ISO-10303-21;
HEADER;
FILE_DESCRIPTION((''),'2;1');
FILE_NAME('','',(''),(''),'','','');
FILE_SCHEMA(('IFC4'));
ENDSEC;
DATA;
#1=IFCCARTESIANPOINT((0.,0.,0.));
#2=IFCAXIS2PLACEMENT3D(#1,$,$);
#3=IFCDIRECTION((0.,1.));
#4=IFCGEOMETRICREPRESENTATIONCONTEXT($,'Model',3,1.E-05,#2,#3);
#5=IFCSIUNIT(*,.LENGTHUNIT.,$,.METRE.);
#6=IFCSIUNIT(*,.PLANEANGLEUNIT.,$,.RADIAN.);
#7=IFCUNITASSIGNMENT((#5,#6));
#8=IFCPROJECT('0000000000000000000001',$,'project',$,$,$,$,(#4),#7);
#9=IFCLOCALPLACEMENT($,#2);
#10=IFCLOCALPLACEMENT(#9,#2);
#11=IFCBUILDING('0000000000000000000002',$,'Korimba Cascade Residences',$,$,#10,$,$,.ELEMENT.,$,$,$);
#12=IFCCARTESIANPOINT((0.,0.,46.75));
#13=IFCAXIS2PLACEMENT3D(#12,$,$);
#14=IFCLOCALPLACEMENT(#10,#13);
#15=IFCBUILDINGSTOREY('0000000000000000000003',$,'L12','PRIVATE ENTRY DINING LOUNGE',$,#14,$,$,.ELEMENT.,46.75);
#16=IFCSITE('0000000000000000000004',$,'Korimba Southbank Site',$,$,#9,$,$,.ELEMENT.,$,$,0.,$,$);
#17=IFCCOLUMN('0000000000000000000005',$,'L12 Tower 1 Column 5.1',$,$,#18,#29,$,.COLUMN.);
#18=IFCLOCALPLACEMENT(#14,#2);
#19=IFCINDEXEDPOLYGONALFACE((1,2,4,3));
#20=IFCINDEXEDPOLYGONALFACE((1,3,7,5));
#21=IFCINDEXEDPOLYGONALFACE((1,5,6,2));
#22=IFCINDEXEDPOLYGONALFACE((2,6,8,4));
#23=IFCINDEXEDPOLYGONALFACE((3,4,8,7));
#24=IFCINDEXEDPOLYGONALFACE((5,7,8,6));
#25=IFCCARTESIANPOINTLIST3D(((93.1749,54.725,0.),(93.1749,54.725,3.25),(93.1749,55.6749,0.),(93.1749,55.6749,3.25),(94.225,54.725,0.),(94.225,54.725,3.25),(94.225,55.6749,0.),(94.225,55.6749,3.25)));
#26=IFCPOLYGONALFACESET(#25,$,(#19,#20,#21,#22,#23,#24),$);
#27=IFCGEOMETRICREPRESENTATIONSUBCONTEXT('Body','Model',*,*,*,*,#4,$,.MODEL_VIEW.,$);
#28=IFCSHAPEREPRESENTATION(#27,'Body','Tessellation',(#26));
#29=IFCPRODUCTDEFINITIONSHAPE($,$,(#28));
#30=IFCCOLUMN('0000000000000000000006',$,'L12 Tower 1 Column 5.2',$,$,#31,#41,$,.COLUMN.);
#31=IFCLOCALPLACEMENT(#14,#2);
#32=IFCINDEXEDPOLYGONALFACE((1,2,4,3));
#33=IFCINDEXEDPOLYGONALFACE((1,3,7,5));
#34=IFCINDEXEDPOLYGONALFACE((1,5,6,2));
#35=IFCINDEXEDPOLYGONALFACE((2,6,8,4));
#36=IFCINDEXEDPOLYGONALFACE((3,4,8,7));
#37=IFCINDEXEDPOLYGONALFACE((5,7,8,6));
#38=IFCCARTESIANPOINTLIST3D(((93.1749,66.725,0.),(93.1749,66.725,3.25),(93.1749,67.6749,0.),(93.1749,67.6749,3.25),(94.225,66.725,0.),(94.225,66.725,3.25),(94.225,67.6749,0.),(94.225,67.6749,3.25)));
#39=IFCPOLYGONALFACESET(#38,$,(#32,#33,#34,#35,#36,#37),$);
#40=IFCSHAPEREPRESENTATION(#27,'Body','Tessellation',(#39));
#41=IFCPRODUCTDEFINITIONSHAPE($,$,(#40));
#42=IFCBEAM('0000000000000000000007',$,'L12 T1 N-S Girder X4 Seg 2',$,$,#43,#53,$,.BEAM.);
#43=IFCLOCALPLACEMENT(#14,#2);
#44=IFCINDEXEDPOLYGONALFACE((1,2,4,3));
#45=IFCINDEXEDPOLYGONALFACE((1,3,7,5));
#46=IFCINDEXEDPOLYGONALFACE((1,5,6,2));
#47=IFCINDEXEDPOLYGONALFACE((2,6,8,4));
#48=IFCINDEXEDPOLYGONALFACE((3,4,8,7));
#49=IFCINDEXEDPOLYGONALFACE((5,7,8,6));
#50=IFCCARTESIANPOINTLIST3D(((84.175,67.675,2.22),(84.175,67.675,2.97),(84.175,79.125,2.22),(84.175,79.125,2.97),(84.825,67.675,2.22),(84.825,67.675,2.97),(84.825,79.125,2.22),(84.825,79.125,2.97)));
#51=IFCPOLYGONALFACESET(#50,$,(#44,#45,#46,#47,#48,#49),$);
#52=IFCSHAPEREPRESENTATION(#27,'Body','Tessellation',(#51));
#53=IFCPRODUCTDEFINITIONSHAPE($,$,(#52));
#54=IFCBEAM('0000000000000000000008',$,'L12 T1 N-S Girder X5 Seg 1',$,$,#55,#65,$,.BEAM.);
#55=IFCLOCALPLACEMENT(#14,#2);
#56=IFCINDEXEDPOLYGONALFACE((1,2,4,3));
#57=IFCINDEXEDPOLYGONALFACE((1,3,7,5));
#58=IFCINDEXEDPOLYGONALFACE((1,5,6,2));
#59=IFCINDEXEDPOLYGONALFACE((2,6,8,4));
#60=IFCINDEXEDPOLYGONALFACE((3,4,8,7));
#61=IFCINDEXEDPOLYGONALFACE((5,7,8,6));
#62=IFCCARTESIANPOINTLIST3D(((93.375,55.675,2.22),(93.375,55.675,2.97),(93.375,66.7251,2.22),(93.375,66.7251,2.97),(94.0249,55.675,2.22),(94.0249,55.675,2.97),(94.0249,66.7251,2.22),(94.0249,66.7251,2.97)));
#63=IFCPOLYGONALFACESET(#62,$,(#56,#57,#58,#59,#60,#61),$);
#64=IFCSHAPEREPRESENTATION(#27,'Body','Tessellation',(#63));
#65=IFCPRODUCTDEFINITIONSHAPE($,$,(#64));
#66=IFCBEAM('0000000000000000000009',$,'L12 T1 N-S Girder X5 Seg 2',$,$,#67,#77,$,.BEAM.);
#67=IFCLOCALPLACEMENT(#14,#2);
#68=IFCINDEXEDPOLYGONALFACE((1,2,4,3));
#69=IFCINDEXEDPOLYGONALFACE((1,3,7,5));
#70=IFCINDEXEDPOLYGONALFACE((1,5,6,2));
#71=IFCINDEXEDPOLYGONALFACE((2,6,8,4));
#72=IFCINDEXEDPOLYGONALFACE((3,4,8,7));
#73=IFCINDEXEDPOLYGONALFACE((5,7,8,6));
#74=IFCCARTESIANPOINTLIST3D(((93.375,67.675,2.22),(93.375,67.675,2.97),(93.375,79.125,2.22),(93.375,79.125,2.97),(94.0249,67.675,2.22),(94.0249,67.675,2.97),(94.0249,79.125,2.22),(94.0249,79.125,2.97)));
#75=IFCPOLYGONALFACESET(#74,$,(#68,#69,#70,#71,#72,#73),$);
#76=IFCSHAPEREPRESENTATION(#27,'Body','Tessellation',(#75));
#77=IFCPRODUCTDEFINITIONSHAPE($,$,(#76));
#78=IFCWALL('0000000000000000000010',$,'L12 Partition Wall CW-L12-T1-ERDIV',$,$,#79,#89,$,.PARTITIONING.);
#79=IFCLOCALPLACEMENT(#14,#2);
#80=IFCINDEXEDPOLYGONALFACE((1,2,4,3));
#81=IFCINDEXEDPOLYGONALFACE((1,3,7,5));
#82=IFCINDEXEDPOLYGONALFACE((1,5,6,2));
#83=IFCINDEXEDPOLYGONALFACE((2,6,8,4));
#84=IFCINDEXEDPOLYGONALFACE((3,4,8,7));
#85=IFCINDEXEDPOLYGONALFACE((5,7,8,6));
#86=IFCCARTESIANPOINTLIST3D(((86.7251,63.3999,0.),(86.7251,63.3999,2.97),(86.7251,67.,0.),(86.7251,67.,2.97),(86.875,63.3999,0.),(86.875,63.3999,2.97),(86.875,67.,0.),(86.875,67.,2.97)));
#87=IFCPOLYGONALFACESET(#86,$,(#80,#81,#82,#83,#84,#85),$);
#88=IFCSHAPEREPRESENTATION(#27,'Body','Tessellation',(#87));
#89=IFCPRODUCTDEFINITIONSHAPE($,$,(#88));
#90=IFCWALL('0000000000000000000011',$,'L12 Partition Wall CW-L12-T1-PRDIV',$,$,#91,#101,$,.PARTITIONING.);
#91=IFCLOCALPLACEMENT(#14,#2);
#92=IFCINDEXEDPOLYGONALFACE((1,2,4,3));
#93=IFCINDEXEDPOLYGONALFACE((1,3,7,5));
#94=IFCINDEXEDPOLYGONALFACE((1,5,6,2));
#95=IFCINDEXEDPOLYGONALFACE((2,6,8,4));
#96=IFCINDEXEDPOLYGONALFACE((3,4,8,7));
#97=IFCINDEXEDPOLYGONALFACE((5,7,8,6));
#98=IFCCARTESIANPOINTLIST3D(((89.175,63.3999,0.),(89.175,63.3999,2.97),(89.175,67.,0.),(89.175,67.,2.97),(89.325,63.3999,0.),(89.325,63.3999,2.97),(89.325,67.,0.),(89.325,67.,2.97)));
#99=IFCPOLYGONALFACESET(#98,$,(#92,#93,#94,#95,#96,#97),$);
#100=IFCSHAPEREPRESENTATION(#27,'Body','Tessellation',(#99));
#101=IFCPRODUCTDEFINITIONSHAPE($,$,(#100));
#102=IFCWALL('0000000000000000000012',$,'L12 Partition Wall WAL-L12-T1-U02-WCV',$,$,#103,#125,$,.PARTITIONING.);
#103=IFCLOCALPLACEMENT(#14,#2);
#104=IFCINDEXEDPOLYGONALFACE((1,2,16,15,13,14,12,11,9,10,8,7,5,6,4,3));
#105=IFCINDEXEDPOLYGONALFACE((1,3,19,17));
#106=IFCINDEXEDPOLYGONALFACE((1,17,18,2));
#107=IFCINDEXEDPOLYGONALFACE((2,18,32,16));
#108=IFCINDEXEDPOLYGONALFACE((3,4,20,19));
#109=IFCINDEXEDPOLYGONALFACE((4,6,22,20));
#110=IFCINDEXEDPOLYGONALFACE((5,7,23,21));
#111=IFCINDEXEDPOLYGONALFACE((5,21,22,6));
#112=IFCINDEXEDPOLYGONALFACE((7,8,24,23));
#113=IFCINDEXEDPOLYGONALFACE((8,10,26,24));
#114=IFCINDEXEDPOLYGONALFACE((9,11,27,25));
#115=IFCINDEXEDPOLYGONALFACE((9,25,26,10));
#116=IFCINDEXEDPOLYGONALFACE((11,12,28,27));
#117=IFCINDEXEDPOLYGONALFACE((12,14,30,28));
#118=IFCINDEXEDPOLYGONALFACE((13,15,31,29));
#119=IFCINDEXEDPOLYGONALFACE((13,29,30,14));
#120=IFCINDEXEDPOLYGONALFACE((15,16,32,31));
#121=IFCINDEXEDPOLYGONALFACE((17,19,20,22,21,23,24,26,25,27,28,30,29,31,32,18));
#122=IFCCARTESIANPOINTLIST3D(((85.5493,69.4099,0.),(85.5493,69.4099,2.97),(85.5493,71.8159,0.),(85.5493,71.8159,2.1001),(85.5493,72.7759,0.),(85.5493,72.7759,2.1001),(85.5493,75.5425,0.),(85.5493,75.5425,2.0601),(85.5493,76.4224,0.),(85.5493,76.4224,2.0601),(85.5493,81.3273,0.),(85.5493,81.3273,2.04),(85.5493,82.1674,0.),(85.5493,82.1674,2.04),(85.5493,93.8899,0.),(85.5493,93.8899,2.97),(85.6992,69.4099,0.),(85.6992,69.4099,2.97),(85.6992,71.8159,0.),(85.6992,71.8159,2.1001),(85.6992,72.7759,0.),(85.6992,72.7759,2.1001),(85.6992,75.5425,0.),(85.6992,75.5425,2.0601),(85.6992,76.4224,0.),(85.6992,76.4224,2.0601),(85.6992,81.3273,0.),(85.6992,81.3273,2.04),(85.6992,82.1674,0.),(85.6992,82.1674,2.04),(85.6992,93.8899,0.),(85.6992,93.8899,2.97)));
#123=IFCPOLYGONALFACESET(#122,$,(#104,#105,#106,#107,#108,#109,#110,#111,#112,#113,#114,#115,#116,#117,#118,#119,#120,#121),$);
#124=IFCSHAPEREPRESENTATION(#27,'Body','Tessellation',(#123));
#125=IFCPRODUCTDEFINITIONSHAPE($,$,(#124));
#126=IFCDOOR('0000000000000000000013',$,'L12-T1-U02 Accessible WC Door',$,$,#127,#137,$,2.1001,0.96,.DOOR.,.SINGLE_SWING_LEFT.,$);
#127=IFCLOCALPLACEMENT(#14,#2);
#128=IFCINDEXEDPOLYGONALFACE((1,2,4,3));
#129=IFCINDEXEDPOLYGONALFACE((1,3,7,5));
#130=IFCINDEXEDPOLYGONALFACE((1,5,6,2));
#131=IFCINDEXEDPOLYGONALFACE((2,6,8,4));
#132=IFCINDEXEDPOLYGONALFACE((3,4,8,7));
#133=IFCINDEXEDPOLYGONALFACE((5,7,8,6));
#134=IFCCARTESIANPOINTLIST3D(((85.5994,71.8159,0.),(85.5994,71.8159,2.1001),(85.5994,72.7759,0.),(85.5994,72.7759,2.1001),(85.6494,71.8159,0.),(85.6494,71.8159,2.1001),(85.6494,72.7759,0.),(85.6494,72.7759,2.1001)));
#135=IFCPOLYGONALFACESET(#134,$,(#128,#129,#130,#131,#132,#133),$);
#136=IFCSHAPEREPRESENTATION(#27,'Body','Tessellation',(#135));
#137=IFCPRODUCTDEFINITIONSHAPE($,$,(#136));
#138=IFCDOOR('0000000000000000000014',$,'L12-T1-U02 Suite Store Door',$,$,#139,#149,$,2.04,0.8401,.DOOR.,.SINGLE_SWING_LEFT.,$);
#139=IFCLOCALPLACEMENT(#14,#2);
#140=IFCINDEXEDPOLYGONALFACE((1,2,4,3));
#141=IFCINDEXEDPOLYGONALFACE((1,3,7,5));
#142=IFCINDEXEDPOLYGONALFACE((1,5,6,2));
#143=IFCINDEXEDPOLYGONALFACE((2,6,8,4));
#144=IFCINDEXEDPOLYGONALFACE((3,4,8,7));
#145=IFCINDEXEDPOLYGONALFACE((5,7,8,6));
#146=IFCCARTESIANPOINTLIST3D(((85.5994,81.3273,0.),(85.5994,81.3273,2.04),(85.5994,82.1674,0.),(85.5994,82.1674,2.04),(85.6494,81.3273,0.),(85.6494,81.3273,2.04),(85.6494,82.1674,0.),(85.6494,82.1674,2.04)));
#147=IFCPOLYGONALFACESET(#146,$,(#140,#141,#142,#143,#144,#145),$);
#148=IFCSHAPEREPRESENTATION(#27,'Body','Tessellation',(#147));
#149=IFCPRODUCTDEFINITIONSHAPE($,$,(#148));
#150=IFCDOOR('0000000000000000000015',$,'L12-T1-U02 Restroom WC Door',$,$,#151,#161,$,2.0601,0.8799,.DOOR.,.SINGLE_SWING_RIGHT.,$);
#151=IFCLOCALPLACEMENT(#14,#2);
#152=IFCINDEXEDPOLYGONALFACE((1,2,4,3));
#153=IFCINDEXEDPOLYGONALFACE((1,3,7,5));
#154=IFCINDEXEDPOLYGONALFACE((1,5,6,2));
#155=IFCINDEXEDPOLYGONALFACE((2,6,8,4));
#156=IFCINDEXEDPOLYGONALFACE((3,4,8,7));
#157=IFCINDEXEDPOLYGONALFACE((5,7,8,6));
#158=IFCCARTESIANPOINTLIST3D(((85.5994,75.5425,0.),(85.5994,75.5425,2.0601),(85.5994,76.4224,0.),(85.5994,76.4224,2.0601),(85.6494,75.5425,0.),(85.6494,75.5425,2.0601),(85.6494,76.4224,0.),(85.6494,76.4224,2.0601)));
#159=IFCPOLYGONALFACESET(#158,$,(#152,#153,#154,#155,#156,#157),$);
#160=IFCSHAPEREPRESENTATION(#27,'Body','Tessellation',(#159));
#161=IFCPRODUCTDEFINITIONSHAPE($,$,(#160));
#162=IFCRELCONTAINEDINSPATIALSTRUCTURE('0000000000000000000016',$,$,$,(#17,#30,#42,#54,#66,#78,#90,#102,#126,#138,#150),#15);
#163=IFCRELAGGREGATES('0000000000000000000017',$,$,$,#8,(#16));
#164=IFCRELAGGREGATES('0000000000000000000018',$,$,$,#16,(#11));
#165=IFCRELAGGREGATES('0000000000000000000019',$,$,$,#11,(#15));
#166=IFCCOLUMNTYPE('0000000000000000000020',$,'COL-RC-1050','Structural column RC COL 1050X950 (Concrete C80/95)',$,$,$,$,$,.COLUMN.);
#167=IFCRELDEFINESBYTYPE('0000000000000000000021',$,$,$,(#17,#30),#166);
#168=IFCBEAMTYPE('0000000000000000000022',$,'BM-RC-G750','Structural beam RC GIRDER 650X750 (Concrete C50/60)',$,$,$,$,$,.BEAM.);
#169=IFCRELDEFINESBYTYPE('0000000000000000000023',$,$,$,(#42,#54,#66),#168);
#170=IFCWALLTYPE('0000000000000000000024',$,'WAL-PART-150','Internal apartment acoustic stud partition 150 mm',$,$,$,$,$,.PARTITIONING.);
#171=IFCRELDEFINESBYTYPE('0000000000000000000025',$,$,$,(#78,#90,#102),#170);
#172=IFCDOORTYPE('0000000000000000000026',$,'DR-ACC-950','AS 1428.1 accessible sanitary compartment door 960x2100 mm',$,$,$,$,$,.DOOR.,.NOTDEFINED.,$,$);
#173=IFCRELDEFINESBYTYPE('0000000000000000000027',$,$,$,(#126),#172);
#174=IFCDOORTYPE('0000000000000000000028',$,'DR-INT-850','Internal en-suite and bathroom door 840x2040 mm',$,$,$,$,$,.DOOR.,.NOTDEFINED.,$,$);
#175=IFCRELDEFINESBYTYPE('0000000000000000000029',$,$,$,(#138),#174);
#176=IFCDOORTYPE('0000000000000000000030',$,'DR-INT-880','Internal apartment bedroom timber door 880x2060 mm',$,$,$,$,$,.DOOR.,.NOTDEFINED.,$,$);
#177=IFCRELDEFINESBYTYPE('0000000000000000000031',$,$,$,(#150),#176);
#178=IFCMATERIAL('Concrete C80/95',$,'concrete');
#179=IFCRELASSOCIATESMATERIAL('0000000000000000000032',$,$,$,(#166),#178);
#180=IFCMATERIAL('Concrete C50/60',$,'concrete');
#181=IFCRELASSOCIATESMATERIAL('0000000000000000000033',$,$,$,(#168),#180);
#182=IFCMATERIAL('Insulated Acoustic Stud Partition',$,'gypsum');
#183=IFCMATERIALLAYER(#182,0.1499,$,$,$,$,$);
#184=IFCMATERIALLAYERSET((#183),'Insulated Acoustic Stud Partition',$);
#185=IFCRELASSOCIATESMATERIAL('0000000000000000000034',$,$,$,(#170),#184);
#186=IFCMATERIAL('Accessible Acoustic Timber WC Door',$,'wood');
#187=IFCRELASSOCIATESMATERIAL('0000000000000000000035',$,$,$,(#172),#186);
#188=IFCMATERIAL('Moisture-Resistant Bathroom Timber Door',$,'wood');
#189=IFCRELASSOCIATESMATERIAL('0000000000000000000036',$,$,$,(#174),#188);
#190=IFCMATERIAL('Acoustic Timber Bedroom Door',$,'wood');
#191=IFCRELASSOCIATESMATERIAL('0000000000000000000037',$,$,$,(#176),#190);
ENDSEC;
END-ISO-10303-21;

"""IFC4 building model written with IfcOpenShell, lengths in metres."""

from ifc_helpers import new_model, si_unit, direction, frame, frame_2d, origin, origin_2d, place, context, subcontext, project, spatial, rectangle, extrude, material, layer, layer_set, material_profile, profile_set, type_object, element, fill, save


model = new_model("IFC4")

# Units and contexts
model_context = context("Model", 3, precision=1e-05, world=origin(), true_north=direction((0.0, 1.0)))
body_context = subcontext(model_context, "Body", "Model", "MODEL_VIEW")
ifc_project = project(units=[si_unit("LENGTHUNIT", "METRE"), si_unit("PLANEANGLEUNIT", "RADIAN")], contexts=[model_context])

# Site, building, storey
site_placement = place(None, origin())
site = spatial("IfcSite", under=ifc_project, at=site_placement, Name="Korimba Southbank Site", CompositionType="ELEMENT", RefElevation=0.0)
building_placement = place(site_placement, origin())
building = spatial("IfcBuilding", under=site, at=building_placement, Name="Korimba Cascade Residences", CompositionType="ELEMENT")
storey_placement = place(building_placement, frame((0.0, 0.0, 46.75)))
storey = spatial("IfcBuildingStorey", under=building, at=storey_placement, Name="L12", Description="PRIVATE ENTRY DINING LOUNGE", CompositionType="ELEMENT", Elevation=46.75)

# Columns
ifc_material_1 = material(Name="Concrete C80/95", Category="concrete")
ifc_material_profile_1 = material_profile(ifc_material_1, rectangle(XDim=1.05, YDim=0.95, at=origin_2d()), Name="Concrete C80/95")
ifc_profile_set_1 = profile_set([ifc_material_profile_1], Name="Concrete C80/95")
column_type = type_object("IfcColumnType", Name="COL-RC-1050", Description="Structural column RC COL 1050X950 (Concrete C80/95)", PredefinedType="COLUMN", material=ifc_profile_set_1)
for number, where, z_axis, x_axis, name in (
    (1, (93.7, 55.2, 0.0), (0.0, 0.0, 1.0), (1.0, 0.0, 0.0), "L12 Tower 1 Column 5.1"),
    (2, (93.7, 67.2, 0.0), (0.0, 0.0, 1.0), (1.0, 0.0, 0.0), "L12 Tower 1 Column 5.2"),
):
    element("IfcColumn", number, at=place(storey_placement, frame(where, z_axis=z_axis, x_axis=x_axis)), inside=storey, type_object=column_type, Name=name, PredefinedType="COLUMN", context=body_context, shape_type="SweptSolid", body=[
        extrude(rectangle(XDim=1.05, YDim=0.95, at=origin_2d()), origin(), (0.0, 0.0, 1.0), 3.25),
    ])

# Beams
ifc_material_2 = material(Name="Concrete C50/60", Category="concrete")
ifc_material_profile_2 = material_profile(ifc_material_2, rectangle(XDim=0.6499, YDim=0.75, at=origin_2d()), Name="Concrete C50/60")
ifc_profile_set_2 = profile_set([ifc_material_profile_2], Name="Concrete C50/60")
beam_type = type_object("IfcBeamType", Name="BM-RC-G750", Description="Structural beam RC GIRDER 650X750 (Concrete C50/60)", PredefinedType="BEAM", material=ifc_profile_set_2)
beam_1_placement = place(storey_placement, frame((84.5, 67.675, 2.595), z_axis=(0.0, 1.0, 0.0), x_axis=(-1.0, 0.0, 0.0)))
element("IfcBeam", 3, at=beam_1_placement, inside=storey, type_object=beam_type, Name="L12 T1 N-S Girder X4 Seg 2", PredefinedType="BEAM", context=body_context, shape_type="SweptSolid", body=[
    extrude(rectangle(XDim=0.6499, YDim=0.75, at=origin_2d()), origin(), (0.0, 0.0, 1.0), 11.45),
])
beam_2_placement = place(storey_placement, frame((93.7, 55.675, 2.595), z_axis=(0.0, 1.0, 0.0), x_axis=(-1.0, 0.0, 0.0)))
element("IfcBeam", 4, at=beam_2_placement, inside=storey, type_object=beam_type, Name="L12 T1 N-S Girder X5 Seg 1", PredefinedType="BEAM", context=body_context, shape_type="SweptSolid", body=[
    extrude(rectangle(XDim=0.6499, YDim=0.75, at=origin_2d()), origin(), (0.0, 0.0, 1.0), 11.05),
])
beam_3_placement = place(storey_placement, frame((93.7, 67.675, 2.595), z_axis=(0.0, 1.0, 0.0), x_axis=(-1.0, 0.0, 0.0)))
element("IfcBeam", 5, at=beam_3_placement, inside=storey, type_object=beam_type, Name="L12 T1 N-S Girder X5 Seg 2", PredefinedType="BEAM", context=body_context, shape_type="SweptSolid", body=[
    extrude(rectangle(XDim=0.6499, YDim=0.75, at=origin_2d()), origin(), (0.0, 0.0, 1.0), 11.45),
])

# Walls
ifc_material_3 = material(Name="Insulated Acoustic Stud Partition", Category="gypsum")
ifc_layer_1 = layer(ifc_material_3, 0.1499)
ifc_layer_set_1 = layer_set([ifc_layer_1], Name="Insulated Acoustic Stud Partition")
wall_type_1 = type_object("IfcWallType", Name="WAL-PART-150", Description="Internal apartment acoustic stud partition 150 mm", PredefinedType="PARTITIONING", material=ifc_layer_set_1)
for number, where, z_axis, x_axis, name in (
    (6, (86.8, 63.3999, 0.0), (0.0, 0.0, 1.0), (0.0, 1.0, 0.0), "L12 Partition Wall CW-L12-T1-ERDIV"),
    (7, (89.25, 63.3999, 0.0), (0.0, 0.0, 1.0), (0.0, 1.0, 0.0), "L12 Partition Wall CW-L12-T1-PRDIV"),
):
    element("IfcWall", number, at=place(storey_placement, frame(where, z_axis=z_axis, x_axis=x_axis)), inside=storey, type_object=wall_type_1, Name=name, PredefinedType="PARTITIONING", context=body_context, shape_type="SweptSolid", body=[
        extrude(rectangle(XDim=3.6001, YDim=0.1499, at=frame_2d((1.8, 0.0))), origin(), (0.0, 0.0, 1.0), 2.97),
    ])

# Wall, openings, doors
wall_1_placement = place(storey_placement, frame((85.6243, 69.4099, 0.0), z_axis=(0.0, 0.0, 1.0), x_axis=(0.0, 1.0, 0.0)))
wall_1 = element("IfcWall", 8, at=wall_1_placement, inside=storey, type_object=wall_type_1, Name="L12 Partition Wall WAL-L12-T1-U02-WCV", PredefinedType="PARTITIONING", context=body_context, shape_type="SweptSolid", body=[
    extrude(rectangle(XDim=24.48, YDim=0.1499, at=frame_2d((12.24, 0.0))), origin(), (0.0, 0.0, 1.0), 2.97),
])
opening_1_placement = place(wall_1_placement, frame((2.406, 0.0, 0.0)))
opening_1 = element("IfcOpeningElement", 9, at=opening_1_placement, cuts=wall_1, PredefinedType="OPENING", context=body_context, shape_type="SweptSolid", body=[
    extrude(rectangle(XDim=0.96, YDim=2.1001, at=frame_2d((0.48, 1.05))), frame((0.0, 0.085, 0.0), z_axis=(0.0, -1.0, 0.0), x_axis=(1.0, 0.0, 0.0)), (0.0, 0.0, 1.0), 0.1699),
])
opening_2_placement = place(wall_1_placement, frame((6.1326, 0.0, 0.0)))
opening_2 = element("IfcOpeningElement", 10, at=opening_2_placement, cuts=wall_1, PredefinedType="OPENING", context=body_context, shape_type="SweptSolid", body=[
    extrude(rectangle(XDim=0.8799, YDim=2.0601, at=frame_2d((0.4399, 1.03))), frame((0.0, 0.085, 0.0), z_axis=(0.0, -1.0, 0.0), x_axis=(1.0, 0.0, 0.0)), (0.0, 0.0, 1.0), 0.1699),
])
opening_3_placement = place(wall_1_placement, frame((11.9175, 0.0, 0.0)))
opening_3 = element("IfcOpeningElement", 11, at=opening_3_placement, cuts=wall_1, PredefinedType="OPENING", context=body_context, shape_type="SweptSolid", body=[
    extrude(rectangle(XDim=0.8401, YDim=2.04, at=frame_2d((0.4199, 1.02))), frame((0.0, 0.085, 0.0), z_axis=(0.0, -1.0, 0.0), x_axis=(1.0, 0.0, 0.0)), (0.0, 0.0, 1.0), 0.1699),
])
ifc_material_4 = material(Name="Accessible Acoustic Timber WC Door", Category="wood")
door_type_1 = type_object("IfcDoorType", Name="DR-ACC-950", Description="AS 1428.1 accessible sanitary compartment door 960x2100 mm", OperationType="NOTDEFINED", PredefinedType="DOOR", material=ifc_material_4)
door_1_placement = place(opening_1_placement, origin())
door_1 = element("IfcDoor", 12, at=door_1_placement, inside=storey, type_object=door_type_1, Name="L12-T1-U02 Accessible WC Door", OperationType="SINGLE_SWING_LEFT", OverallHeight=2.1001, OverallWidth=0.96, PredefinedType="DOOR", context=body_context, shape_type="SweptSolid", body=[
    extrude(rectangle(XDim=0.96, YDim=2.1001, at=frame_2d((0.48, 1.05))), frame((0.0, 0.0249, 0.0), z_axis=(0.0, -1.0, 0.0), x_axis=(1.0, 0.0, 0.0)), (0.0, 0.0, 1.0), 0.05),
])
fill(opening_1, door_1)
ifc_material_5 = material(Name="Moisture-Resistant Bathroom Timber Door", Category="wood")
door_type_2 = type_object("IfcDoorType", Name="DR-INT-850", Description="Internal en-suite and bathroom door 840x2040 mm", OperationType="NOTDEFINED", PredefinedType="DOOR", material=ifc_material_5)
door_2_placement = place(opening_3_placement, origin())
door_2 = element("IfcDoor", 13, at=door_2_placement, inside=storey, type_object=door_type_2, Name="L12-T1-U02 Suite Store Door", OperationType="SINGLE_SWING_LEFT", OverallHeight=2.04, OverallWidth=0.8401, PredefinedType="DOOR", context=body_context, shape_type="SweptSolid", body=[
    extrude(rectangle(XDim=0.8401, YDim=2.04, at=frame_2d((0.4199, 1.02))), frame((0.0, 0.0249, 0.0), z_axis=(0.0, -1.0, 0.0), x_axis=(1.0, 0.0, 0.0)), (0.0, 0.0, 1.0), 0.05),
])
fill(opening_3, door_2)
ifc_material_6 = material(Name="Acoustic Timber Bedroom Door", Category="wood")
door_type_3 = type_object("IfcDoorType", Name="DR-INT-880", Description="Internal apartment bedroom timber door 880x2060 mm", OperationType="NOTDEFINED", PredefinedType="DOOR", material=ifc_material_6)
door_3_placement = place(opening_2_placement, origin())
door_3 = element("IfcDoor", 14, at=door_3_placement, inside=storey, type_object=door_type_3, Name="L12-T1-U02 Restroom WC Door", OperationType="SINGLE_SWING_RIGHT", OverallHeight=2.0601, OverallWidth=0.8799, PredefinedType="DOOR", context=body_context, shape_type="SweptSolid", body=[
    extrude(rectangle(XDim=0.8799, YDim=2.0601, at=frame_2d((0.4399, 1.03))), frame((0.0, 0.0249, 0.0), z_axis=(0.0, -1.0, 0.0), x_axis=(1.0, 0.0, 0.0)), (0.0, 0.0, 1.0), 0.05),
])
fill(opening_2, door_3)

save(model, "model.ifc")
